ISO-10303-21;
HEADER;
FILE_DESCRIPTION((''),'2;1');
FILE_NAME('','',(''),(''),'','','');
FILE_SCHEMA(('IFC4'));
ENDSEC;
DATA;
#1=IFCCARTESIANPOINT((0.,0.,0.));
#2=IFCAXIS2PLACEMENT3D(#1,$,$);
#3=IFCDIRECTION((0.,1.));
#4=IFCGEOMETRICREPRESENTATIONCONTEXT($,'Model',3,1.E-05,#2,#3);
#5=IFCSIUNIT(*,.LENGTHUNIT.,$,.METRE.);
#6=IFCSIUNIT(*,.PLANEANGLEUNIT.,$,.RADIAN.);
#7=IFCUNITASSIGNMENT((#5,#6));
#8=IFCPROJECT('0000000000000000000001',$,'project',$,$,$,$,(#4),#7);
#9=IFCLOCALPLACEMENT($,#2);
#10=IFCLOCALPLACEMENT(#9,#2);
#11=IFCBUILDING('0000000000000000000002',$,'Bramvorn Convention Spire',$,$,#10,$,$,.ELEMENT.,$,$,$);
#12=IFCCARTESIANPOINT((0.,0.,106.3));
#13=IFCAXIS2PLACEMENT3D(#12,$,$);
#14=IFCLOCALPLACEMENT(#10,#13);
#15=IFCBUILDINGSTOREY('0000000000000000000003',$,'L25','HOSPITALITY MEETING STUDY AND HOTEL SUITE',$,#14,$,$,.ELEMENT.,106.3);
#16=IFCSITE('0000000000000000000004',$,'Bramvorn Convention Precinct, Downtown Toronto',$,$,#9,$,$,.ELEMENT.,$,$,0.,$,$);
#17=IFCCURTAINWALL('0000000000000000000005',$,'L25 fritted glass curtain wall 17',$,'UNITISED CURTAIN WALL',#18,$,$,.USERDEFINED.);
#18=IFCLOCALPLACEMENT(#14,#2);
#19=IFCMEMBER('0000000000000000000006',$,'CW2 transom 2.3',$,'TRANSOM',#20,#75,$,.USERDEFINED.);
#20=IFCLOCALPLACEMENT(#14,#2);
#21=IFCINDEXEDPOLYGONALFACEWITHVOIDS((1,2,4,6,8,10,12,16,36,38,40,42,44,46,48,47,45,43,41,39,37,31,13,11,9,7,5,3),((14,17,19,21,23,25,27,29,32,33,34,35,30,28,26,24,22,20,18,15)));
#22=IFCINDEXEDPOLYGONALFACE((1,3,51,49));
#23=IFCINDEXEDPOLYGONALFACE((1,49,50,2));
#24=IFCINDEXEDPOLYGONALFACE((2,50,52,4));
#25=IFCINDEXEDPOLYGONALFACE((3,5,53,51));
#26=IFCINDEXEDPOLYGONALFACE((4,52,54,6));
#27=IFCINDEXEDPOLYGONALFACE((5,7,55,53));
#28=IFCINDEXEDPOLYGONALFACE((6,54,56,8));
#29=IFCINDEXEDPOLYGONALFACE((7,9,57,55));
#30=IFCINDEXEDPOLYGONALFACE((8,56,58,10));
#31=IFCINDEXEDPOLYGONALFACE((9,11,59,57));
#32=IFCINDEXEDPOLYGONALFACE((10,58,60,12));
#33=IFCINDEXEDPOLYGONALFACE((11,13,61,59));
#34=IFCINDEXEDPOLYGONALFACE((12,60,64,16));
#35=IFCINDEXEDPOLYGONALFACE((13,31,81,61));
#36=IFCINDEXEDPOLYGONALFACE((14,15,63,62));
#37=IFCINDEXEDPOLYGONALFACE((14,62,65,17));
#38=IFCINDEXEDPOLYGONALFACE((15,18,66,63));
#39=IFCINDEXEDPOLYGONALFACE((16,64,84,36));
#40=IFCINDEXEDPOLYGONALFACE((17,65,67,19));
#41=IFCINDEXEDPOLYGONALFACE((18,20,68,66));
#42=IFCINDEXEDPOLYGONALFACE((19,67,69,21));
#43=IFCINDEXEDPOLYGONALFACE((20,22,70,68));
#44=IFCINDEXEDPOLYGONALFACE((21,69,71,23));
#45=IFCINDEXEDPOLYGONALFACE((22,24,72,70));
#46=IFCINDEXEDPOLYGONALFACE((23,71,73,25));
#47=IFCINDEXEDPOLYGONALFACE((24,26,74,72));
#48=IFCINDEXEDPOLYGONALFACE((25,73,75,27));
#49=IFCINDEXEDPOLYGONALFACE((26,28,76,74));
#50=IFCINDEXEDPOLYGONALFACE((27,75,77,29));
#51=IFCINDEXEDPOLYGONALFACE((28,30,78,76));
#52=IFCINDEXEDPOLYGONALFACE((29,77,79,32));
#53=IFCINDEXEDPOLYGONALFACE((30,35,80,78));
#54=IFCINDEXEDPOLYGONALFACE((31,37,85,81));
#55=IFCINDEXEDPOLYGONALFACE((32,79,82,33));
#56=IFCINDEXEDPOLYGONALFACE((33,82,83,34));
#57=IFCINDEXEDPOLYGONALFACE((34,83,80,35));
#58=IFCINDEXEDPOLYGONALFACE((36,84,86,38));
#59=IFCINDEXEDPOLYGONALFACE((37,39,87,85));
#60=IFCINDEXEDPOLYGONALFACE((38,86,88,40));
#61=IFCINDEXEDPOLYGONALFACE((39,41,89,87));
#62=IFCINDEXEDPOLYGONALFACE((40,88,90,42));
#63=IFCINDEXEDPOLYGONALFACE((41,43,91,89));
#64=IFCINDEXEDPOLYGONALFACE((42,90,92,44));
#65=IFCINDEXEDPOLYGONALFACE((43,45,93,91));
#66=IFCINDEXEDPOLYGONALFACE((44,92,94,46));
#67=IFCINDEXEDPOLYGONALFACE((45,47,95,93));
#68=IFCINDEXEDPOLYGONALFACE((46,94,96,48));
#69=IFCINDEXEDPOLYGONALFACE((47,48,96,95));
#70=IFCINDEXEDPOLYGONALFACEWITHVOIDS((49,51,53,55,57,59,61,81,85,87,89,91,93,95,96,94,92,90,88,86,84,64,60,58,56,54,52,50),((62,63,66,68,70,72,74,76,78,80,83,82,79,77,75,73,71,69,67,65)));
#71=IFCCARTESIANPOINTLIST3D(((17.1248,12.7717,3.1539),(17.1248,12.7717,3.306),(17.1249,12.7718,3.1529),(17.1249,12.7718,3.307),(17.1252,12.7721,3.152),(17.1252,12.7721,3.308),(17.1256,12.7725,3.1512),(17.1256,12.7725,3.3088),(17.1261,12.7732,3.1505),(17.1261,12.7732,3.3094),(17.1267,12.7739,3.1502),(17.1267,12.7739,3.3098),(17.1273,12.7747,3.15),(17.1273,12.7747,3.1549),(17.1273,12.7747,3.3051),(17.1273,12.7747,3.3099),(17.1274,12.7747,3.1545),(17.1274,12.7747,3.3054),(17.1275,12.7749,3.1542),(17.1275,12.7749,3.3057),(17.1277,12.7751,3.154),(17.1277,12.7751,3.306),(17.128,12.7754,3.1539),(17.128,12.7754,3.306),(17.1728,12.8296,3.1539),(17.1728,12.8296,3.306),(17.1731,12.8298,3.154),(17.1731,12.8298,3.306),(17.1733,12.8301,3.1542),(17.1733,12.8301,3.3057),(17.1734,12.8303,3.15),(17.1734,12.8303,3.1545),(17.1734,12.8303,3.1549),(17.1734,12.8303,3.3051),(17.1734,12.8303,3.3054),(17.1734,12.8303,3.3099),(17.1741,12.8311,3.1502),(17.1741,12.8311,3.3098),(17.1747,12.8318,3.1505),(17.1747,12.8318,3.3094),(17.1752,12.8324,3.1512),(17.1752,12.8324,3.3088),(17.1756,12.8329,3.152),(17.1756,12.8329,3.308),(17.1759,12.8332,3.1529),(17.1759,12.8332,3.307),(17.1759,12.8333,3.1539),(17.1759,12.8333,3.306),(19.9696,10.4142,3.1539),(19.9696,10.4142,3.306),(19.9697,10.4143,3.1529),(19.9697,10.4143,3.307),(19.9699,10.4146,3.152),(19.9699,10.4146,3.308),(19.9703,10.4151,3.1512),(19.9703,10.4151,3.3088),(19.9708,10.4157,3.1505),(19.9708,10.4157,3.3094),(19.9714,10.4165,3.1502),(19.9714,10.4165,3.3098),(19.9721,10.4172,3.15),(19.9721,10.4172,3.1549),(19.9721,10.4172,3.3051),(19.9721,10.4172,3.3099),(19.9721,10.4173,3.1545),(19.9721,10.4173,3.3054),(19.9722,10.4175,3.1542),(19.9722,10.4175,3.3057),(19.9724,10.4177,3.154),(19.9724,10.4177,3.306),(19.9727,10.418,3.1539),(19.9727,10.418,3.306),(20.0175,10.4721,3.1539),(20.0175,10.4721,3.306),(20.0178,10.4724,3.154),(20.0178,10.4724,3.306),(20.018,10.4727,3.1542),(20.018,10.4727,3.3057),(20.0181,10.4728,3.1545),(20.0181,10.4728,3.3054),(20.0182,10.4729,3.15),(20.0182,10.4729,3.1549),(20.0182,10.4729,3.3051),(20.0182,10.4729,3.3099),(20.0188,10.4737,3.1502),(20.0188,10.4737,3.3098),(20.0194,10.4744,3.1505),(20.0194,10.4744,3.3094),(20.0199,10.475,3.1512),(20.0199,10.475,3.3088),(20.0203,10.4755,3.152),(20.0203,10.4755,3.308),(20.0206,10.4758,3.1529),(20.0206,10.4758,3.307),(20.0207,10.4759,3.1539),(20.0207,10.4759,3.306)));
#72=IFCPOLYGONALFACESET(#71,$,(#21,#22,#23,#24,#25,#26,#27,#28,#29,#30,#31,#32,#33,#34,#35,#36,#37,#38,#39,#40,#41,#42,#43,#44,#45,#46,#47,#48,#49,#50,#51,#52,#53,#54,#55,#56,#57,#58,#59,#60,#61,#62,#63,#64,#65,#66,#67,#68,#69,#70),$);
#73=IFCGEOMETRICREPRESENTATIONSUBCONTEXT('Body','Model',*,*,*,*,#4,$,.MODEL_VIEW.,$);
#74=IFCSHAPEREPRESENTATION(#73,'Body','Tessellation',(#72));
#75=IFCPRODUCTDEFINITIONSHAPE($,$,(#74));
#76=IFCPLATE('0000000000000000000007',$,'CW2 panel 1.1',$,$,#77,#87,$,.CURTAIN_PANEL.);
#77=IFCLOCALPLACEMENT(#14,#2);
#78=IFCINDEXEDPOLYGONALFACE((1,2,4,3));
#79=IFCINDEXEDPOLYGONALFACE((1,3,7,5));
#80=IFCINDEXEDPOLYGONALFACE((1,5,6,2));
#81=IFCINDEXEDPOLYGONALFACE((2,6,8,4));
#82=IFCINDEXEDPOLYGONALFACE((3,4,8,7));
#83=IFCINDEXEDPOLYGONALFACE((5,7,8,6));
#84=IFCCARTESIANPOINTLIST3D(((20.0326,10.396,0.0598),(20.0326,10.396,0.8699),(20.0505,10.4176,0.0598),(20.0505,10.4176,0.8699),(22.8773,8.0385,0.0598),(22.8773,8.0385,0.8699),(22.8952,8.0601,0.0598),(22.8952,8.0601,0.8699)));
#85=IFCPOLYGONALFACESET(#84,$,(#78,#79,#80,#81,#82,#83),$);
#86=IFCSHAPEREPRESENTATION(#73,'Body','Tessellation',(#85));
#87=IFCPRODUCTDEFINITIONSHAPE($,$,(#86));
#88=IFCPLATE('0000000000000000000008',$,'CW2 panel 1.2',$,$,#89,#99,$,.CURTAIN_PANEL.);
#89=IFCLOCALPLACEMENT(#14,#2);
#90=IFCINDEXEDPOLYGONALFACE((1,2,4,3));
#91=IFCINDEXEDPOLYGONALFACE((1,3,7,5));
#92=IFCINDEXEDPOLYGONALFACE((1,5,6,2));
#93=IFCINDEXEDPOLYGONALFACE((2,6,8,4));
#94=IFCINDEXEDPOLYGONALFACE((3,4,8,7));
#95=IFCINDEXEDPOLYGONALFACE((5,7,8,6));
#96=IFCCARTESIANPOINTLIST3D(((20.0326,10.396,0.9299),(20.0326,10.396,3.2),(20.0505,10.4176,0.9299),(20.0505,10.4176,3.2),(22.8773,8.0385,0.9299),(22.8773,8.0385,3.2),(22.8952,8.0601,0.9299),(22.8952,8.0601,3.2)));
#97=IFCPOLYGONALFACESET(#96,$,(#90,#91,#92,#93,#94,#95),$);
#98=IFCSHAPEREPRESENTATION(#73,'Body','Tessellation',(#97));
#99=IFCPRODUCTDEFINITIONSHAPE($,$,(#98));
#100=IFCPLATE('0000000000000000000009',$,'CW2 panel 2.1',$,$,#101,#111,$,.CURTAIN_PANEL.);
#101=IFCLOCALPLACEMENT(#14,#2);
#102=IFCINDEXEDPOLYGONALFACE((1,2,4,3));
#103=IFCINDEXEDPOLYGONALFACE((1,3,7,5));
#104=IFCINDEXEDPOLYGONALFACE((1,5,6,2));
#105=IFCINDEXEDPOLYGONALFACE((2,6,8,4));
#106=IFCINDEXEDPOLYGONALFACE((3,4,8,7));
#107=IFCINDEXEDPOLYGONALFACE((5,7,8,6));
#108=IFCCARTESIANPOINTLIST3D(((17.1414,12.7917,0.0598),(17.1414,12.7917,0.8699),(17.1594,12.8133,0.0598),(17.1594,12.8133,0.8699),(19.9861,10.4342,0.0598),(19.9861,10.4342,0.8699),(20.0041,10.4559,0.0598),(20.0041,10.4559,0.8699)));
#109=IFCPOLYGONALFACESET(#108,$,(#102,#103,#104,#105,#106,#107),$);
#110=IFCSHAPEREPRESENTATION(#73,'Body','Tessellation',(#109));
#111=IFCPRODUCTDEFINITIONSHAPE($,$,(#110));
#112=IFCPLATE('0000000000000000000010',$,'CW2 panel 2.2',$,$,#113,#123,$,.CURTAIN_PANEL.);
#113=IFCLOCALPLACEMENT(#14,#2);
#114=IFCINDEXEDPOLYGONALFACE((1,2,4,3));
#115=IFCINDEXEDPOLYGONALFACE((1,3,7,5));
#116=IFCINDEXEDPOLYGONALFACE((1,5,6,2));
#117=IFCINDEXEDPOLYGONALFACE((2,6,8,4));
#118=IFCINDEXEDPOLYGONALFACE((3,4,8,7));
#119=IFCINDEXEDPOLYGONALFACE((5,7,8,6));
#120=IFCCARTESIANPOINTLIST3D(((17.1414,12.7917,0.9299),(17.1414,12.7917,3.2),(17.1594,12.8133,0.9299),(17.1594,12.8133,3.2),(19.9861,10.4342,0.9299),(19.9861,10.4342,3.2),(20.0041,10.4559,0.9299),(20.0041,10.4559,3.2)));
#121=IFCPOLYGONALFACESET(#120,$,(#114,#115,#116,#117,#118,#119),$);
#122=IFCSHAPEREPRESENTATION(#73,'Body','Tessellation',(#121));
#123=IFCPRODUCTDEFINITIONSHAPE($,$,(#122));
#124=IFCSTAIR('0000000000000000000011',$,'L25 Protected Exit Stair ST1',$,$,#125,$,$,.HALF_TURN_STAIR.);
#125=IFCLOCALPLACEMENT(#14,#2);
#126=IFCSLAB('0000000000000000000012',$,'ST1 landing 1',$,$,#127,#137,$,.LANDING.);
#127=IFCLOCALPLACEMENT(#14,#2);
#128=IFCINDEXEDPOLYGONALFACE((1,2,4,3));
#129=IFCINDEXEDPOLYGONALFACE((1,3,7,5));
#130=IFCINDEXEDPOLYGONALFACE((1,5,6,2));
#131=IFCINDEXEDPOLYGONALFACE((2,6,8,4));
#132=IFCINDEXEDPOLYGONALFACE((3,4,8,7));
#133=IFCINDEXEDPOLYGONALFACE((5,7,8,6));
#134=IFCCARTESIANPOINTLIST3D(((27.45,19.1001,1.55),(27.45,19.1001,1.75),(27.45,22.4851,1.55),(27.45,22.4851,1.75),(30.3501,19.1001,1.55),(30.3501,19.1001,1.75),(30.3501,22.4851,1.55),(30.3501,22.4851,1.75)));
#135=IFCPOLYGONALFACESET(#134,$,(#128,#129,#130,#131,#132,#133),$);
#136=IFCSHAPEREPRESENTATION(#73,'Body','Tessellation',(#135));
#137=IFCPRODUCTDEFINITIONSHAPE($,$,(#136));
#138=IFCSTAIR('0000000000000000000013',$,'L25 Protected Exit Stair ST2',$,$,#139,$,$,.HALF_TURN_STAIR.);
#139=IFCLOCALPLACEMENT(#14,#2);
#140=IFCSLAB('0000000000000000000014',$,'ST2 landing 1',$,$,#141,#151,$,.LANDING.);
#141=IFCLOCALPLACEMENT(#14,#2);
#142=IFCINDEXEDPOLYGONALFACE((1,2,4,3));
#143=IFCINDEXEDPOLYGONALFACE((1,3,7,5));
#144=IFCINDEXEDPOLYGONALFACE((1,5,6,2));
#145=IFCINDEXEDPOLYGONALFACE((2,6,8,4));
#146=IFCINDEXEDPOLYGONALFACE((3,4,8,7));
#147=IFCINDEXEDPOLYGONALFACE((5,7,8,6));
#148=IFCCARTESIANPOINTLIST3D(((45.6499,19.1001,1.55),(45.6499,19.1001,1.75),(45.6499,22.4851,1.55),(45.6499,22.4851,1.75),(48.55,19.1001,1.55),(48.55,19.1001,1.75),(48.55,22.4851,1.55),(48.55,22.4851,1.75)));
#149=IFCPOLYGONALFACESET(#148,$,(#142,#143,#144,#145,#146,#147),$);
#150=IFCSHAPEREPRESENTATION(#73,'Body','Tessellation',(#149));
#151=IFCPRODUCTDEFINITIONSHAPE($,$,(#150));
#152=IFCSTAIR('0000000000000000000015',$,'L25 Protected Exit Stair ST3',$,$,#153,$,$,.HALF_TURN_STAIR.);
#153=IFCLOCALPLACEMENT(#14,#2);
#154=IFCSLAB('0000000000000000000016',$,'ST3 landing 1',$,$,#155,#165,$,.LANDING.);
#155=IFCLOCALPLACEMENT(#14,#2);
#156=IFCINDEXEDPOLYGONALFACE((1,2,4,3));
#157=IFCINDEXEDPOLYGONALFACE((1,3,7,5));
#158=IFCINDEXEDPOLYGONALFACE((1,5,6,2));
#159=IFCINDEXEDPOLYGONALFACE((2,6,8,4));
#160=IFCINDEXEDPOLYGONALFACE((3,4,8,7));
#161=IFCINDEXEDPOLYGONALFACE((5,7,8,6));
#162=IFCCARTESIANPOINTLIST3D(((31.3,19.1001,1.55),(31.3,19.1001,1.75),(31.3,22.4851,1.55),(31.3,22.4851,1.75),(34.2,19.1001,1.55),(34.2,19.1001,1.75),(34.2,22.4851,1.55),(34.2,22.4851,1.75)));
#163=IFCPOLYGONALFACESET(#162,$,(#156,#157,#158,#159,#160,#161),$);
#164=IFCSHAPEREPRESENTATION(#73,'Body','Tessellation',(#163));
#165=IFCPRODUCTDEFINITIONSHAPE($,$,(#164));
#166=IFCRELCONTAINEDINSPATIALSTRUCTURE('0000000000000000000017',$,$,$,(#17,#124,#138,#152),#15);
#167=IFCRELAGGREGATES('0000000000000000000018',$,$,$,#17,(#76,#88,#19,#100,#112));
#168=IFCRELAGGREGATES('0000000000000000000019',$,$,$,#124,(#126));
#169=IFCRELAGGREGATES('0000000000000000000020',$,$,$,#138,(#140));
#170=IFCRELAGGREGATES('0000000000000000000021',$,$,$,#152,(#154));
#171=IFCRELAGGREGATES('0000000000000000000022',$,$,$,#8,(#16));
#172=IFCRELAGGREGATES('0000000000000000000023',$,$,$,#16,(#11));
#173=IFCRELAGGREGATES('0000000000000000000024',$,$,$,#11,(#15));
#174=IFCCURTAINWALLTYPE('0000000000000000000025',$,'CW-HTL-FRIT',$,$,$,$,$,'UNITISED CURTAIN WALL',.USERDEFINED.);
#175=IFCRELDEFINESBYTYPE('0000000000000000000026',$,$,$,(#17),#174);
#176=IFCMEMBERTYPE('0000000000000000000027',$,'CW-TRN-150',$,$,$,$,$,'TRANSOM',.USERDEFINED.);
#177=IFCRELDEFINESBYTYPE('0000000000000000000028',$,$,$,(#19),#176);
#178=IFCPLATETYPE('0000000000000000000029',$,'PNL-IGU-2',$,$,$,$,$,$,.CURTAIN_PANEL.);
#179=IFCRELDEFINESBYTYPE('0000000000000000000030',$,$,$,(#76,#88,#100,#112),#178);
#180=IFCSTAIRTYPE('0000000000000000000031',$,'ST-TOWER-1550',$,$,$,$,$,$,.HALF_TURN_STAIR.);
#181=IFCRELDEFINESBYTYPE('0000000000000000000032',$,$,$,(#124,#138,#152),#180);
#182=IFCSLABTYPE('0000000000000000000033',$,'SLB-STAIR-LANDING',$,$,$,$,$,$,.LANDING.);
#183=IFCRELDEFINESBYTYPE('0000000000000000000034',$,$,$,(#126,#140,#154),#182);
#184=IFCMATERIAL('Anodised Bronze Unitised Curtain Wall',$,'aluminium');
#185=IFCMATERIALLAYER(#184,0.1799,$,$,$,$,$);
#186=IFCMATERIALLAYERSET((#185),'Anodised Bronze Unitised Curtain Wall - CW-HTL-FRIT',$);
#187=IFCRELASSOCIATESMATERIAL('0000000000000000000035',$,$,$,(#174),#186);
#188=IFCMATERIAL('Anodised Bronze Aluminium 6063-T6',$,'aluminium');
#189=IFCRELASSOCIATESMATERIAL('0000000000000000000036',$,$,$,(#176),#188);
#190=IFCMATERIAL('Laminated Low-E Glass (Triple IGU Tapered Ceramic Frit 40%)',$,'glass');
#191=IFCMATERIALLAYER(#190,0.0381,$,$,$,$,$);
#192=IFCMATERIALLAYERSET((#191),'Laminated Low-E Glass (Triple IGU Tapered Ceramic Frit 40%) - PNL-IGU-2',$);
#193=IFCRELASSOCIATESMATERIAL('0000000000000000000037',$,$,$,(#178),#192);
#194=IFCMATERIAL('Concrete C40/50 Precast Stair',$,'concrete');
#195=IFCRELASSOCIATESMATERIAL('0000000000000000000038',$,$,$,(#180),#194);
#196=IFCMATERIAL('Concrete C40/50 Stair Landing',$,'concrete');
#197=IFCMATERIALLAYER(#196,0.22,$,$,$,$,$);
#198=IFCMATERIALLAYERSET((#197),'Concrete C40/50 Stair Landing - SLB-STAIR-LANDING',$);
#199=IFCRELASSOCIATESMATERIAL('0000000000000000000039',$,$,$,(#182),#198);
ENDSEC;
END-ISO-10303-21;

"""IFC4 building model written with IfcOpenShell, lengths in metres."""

from ifc_helpers import new_model, si_unit, direction, frame, origin, origin_2d, place, context, subcontext, project, spatial, polyline, rectangle, hollow_rectangle, outline, extrude, material, layer, layer_set, material_profile, profile_set, type_object, element, aggregate, save


model = new_model("IFC4")

# Units and contexts
model_context = context("Model", 3, precision=1e-05, world=origin(), true_north=direction((0.0, 1.0)))
body_context = subcontext(model_context, "Body", "Model", "MODEL_VIEW")
ifc_project = project(units=[si_unit("LENGTHUNIT", "METRE"), si_unit("PLANEANGLEUNIT", "RADIAN")], contexts=[model_context])

# Site, building, storey
site_placement = place(None, origin())
site = spatial("IfcSite", under=ifc_project, at=site_placement, Name="Bramvorn Convention Precinct, Downtown Toronto", CompositionType="ELEMENT", RefElevation=0.0)
building_placement = place(site_placement, origin())
building = spatial("IfcBuilding", under=site, at=building_placement, Name="Bramvorn Convention Spire", CompositionType="ELEMENT")
storey_placement = place(building_placement, frame((0.0, 0.0, 106.3)))
storey = spatial("IfcBuildingStorey", under=building, at=storey_placement, Name="L25", Description="HOSPITALITY MEETING STUDY AND HOTEL SUITE", CompositionType="ELEMENT", Elevation=106.3)

# Curtain wall, member, plates
ifc_material_1 = material(Name="Anodised Bronze Unitised Curtain Wall", Category="aluminium")
ifc_layer_1 = layer(ifc_material_1, 0.1799)
ifc_layer_set_1 = layer_set([ifc_layer_1], Name="Anodised Bronze Unitised Curtain Wall - CW-HTL-FRIT")
curtain_wall_type = type_object("IfcCurtainWallType", Name="CW-HTL-FRIT", ElementType="UNITISED CURTAIN WALL", PredefinedType="USERDEFINED", material=ifc_layer_set_1)
curtain_wall_placement = place(storey_placement, origin())
curtain_wall = element("IfcCurtainWall", 1, at=curtain_wall_placement, inside=storey, type_object=curtain_wall_type, Name="L25 fritted glass curtain wall 17", ObjectType="UNITISED CURTAIN WALL", PredefinedType="USERDEFINED")
ifc_material_2 = material(Name="Anodised Bronze Aluminium 6063-T6", Category="aluminium")
ifc_material_profile_1 = material_profile(ifc_material_2, hollow_rectangle(XDim=0.0801, YDim=0.1599, WallThickness=0.0039, InnerFilletRadius=0.001, OuterFilletRadius=0.0039, at=origin_2d()))
ifc_profile_set_1 = profile_set([ifc_material_profile_1], Name="Anodised Bronze Aluminium 6063-T6 - CWT80X160")
member_type_1 = type_object("IfcMemberType", Name="CW-TRN-150", ElementType="TRANSOM", PredefinedType="USERDEFINED", material=ifc_profile_set_1)
member_1_placement = place(storey_placement, frame((19.9951, 10.4451, 3.23), z_axis=(-0.769973, 0.638076, 0.0), x_axis=(-0.638076, -0.769973, 0.0)))
member_1 = element("IfcMember", 2, at=member_1_placement, type_object=member_type_1, Name="CW2 transom 2.3", ObjectType="TRANSOM", PredefinedType="USERDEFINED", context=body_context, shape_type="SweptSolid", body=[
    extrude(hollow_rectangle(XDim=0.0801, YDim=0.1599, WallThickness=0.0039, InnerFilletRadius=0.001, OuterFilletRadius=0.0039, at=origin_2d()), origin(), (0.0, 0.0, 1.0), 3.6946),
])
ifc_material_3 = material(Name="Laminated Low-E Glass (Triple IGU Tapered Ceramic Frit 40%)", Category="glass")
ifc_layer_2 = layer(ifc_material_3, 0.0381)
ifc_layer_set_2 = layer_set([ifc_layer_2], Name="Laminated Low-E Glass (Triple IGU Tapered Ceramic Frit 40%) - PNL-IGU-2")
plate_type = type_object("IfcPlateType", Name="PNL-IGU-2", PredefinedType="CURTAIN_PANEL", material=ifc_layer_set_2)
plate_1_placement = place(storey_placement, frame((21.4639, 9.228, 0.0598), z_axis=(0.0, 0.0, 1.0), x_axis=(-0.769964, 0.638087, 0.0)))
plate_1 = element("IfcPlate", 3, at=plate_1_placement, type_object=plate_type, Name="CW2 panel 1.1", PredefinedType="CURTAIN_PANEL", context=body_context, shape_type="SweptSolid", body=[
    extrude(rectangle(XDim=3.6946, YDim=0.0281, at=origin_2d()), origin(), (0.0, 0.0, 1.0), 0.8101),
])
plate_2_placement = place(storey_placement, frame((21.4639, 9.228, 0.9299), z_axis=(0.0, 0.0, 1.0), x_axis=(-0.769964, 0.638087, 0.0)))
plate_2 = element("IfcPlate", 4, at=plate_2_placement, type_object=plate_type, Name="CW2 panel 1.2", PredefinedType="CURTAIN_PANEL", context=body_context, shape_type="SweptSolid", body=[
    extrude(rectangle(XDim=3.6946, YDim=0.0281, at=origin_2d()), origin(), (0.0, 0.0, 1.0), 2.27),
])
plate_3_placement = place(storey_placement, frame((18.5728, 11.6238, 0.0598), z_axis=(0.0, 0.0, 1.0), x_axis=(-0.769964, 0.638087, 0.0)))
plate_3 = element("IfcPlate", 5, at=plate_3_placement, type_object=plate_type, Name="CW2 panel 2.1", PredefinedType="CURTAIN_PANEL", context=body_context, shape_type="SweptSolid", body=[
    extrude(rectangle(XDim=3.6946, YDim=0.0281, at=origin_2d()), origin(), (0.0, 0.0, 1.0), 0.8101),
])
plate_4_placement = place(storey_placement, frame((18.5728, 11.6238, 0.9299), z_axis=(0.0, 0.0, 1.0), x_axis=(-0.769964, 0.638087, 0.0)))
plate_4 = element("IfcPlate", 6, at=plate_4_placement, type_object=plate_type, Name="CW2 panel 2.2", PredefinedType="CURTAIN_PANEL", context=body_context, shape_type="SweptSolid", body=[
    extrude(rectangle(XDim=3.6946, YDim=0.0281, at=origin_2d()), origin(), (0.0, 0.0, 1.0), 2.27),
])
aggregate(curtain_wall, [plate_1, plate_2, member_1, plate_3, plate_4])

# Stairs, slabs
ifc_material_4 = material(Name="Concrete C40/50 Precast Stair", Category="concrete")
stair_type = type_object("IfcStairType", Name="ST-TOWER-1550", PredefinedType="HALF_TURN_STAIR", material=ifc_material_4)
stair_1_placement = place(storey_placement, origin())
stair_1 = element("IfcStair", 7, at=stair_1_placement, inside=storey, type_object=stair_type, Name="L25 Protected Exit Stair ST1", PredefinedType="HALF_TURN_STAIR")
ifc_material_5 = material(Name="Concrete C40/50 Stair Landing", Category="concrete")
ifc_layer_3 = layer(ifc_material_5, 0.22)
ifc_layer_set_3 = layer_set([ifc_layer_3], Name="Concrete C40/50 Stair Landing - SLB-STAIR-LANDING")
slab_type_1 = type_object("IfcSlabType", Name="SLB-STAIR-LANDING", PredefinedType="LANDING", material=ifc_layer_set_3)
slab_1_placement = place(storey_placement, frame((0.0, 0.0, 1.55)))
slab_1 = element("IfcSlab", 8, at=slab_1_placement, type_object=slab_type_1, Name="ST1 landing 1", PredefinedType="LANDING", context=body_context, shape_type="SweptSolid", body=[
    extrude(outline(polyline([(27.45, 22.4851), (27.45, 19.1001), (30.3501, 19.1001), (30.3501, 22.4851), (27.45, 22.4851)])), origin(), (0.0, 0.0, 1.0), 0.2),
])
aggregate(stair_1, [slab_1])
stair_2_placement = place(storey_placement, origin())
stair_2 = element("IfcStair", 9, at=stair_2_placement, inside=storey, type_object=stair_type, Name="L25 Protected Exit Stair ST2", PredefinedType="HALF_TURN_STAIR")
slab_2_placement = place(storey_placement, frame((0.0, 0.0, 1.55)))
slab_2 = element("IfcSlab", 10, at=slab_2_placement, type_object=slab_type_1, Name="ST2 landing 1", PredefinedType="LANDING", context=body_context, shape_type="SweptSolid", body=[
    extrude(outline(polyline([(45.6499, 22.4851), (45.6499, 19.1001), (48.55, 19.1001), (48.55, 22.4851), (45.6499, 22.4851)])), origin(), (0.0, 0.0, 1.0), 0.2),
])
aggregate(stair_2, [slab_2])
stair_3_placement = place(storey_placement, origin())
stair_3 = element("IfcStair", 11, at=stair_3_placement, inside=storey, type_object=stair_type, Name="L25 Protected Exit Stair ST3", PredefinedType="HALF_TURN_STAIR")
slab_3_placement = place(storey_placement, frame((0.0, 0.0, 1.55)))
slab_3 = element("IfcSlab", 12, at=slab_3_placement, type_object=slab_type_1, Name="ST3 landing 1", PredefinedType="LANDING", context=body_context, shape_type="SweptSolid", body=[
    extrude(outline(polyline([(31.3, 22.4851), (31.3, 19.1001), (34.2, 19.1001), (34.2, 22.4851), (31.3, 22.4851)])), origin(), (0.0, 0.0, 1.0), 0.2),
])
aggregate(stair_3, [slab_3])

save(model, "model.ifc")
